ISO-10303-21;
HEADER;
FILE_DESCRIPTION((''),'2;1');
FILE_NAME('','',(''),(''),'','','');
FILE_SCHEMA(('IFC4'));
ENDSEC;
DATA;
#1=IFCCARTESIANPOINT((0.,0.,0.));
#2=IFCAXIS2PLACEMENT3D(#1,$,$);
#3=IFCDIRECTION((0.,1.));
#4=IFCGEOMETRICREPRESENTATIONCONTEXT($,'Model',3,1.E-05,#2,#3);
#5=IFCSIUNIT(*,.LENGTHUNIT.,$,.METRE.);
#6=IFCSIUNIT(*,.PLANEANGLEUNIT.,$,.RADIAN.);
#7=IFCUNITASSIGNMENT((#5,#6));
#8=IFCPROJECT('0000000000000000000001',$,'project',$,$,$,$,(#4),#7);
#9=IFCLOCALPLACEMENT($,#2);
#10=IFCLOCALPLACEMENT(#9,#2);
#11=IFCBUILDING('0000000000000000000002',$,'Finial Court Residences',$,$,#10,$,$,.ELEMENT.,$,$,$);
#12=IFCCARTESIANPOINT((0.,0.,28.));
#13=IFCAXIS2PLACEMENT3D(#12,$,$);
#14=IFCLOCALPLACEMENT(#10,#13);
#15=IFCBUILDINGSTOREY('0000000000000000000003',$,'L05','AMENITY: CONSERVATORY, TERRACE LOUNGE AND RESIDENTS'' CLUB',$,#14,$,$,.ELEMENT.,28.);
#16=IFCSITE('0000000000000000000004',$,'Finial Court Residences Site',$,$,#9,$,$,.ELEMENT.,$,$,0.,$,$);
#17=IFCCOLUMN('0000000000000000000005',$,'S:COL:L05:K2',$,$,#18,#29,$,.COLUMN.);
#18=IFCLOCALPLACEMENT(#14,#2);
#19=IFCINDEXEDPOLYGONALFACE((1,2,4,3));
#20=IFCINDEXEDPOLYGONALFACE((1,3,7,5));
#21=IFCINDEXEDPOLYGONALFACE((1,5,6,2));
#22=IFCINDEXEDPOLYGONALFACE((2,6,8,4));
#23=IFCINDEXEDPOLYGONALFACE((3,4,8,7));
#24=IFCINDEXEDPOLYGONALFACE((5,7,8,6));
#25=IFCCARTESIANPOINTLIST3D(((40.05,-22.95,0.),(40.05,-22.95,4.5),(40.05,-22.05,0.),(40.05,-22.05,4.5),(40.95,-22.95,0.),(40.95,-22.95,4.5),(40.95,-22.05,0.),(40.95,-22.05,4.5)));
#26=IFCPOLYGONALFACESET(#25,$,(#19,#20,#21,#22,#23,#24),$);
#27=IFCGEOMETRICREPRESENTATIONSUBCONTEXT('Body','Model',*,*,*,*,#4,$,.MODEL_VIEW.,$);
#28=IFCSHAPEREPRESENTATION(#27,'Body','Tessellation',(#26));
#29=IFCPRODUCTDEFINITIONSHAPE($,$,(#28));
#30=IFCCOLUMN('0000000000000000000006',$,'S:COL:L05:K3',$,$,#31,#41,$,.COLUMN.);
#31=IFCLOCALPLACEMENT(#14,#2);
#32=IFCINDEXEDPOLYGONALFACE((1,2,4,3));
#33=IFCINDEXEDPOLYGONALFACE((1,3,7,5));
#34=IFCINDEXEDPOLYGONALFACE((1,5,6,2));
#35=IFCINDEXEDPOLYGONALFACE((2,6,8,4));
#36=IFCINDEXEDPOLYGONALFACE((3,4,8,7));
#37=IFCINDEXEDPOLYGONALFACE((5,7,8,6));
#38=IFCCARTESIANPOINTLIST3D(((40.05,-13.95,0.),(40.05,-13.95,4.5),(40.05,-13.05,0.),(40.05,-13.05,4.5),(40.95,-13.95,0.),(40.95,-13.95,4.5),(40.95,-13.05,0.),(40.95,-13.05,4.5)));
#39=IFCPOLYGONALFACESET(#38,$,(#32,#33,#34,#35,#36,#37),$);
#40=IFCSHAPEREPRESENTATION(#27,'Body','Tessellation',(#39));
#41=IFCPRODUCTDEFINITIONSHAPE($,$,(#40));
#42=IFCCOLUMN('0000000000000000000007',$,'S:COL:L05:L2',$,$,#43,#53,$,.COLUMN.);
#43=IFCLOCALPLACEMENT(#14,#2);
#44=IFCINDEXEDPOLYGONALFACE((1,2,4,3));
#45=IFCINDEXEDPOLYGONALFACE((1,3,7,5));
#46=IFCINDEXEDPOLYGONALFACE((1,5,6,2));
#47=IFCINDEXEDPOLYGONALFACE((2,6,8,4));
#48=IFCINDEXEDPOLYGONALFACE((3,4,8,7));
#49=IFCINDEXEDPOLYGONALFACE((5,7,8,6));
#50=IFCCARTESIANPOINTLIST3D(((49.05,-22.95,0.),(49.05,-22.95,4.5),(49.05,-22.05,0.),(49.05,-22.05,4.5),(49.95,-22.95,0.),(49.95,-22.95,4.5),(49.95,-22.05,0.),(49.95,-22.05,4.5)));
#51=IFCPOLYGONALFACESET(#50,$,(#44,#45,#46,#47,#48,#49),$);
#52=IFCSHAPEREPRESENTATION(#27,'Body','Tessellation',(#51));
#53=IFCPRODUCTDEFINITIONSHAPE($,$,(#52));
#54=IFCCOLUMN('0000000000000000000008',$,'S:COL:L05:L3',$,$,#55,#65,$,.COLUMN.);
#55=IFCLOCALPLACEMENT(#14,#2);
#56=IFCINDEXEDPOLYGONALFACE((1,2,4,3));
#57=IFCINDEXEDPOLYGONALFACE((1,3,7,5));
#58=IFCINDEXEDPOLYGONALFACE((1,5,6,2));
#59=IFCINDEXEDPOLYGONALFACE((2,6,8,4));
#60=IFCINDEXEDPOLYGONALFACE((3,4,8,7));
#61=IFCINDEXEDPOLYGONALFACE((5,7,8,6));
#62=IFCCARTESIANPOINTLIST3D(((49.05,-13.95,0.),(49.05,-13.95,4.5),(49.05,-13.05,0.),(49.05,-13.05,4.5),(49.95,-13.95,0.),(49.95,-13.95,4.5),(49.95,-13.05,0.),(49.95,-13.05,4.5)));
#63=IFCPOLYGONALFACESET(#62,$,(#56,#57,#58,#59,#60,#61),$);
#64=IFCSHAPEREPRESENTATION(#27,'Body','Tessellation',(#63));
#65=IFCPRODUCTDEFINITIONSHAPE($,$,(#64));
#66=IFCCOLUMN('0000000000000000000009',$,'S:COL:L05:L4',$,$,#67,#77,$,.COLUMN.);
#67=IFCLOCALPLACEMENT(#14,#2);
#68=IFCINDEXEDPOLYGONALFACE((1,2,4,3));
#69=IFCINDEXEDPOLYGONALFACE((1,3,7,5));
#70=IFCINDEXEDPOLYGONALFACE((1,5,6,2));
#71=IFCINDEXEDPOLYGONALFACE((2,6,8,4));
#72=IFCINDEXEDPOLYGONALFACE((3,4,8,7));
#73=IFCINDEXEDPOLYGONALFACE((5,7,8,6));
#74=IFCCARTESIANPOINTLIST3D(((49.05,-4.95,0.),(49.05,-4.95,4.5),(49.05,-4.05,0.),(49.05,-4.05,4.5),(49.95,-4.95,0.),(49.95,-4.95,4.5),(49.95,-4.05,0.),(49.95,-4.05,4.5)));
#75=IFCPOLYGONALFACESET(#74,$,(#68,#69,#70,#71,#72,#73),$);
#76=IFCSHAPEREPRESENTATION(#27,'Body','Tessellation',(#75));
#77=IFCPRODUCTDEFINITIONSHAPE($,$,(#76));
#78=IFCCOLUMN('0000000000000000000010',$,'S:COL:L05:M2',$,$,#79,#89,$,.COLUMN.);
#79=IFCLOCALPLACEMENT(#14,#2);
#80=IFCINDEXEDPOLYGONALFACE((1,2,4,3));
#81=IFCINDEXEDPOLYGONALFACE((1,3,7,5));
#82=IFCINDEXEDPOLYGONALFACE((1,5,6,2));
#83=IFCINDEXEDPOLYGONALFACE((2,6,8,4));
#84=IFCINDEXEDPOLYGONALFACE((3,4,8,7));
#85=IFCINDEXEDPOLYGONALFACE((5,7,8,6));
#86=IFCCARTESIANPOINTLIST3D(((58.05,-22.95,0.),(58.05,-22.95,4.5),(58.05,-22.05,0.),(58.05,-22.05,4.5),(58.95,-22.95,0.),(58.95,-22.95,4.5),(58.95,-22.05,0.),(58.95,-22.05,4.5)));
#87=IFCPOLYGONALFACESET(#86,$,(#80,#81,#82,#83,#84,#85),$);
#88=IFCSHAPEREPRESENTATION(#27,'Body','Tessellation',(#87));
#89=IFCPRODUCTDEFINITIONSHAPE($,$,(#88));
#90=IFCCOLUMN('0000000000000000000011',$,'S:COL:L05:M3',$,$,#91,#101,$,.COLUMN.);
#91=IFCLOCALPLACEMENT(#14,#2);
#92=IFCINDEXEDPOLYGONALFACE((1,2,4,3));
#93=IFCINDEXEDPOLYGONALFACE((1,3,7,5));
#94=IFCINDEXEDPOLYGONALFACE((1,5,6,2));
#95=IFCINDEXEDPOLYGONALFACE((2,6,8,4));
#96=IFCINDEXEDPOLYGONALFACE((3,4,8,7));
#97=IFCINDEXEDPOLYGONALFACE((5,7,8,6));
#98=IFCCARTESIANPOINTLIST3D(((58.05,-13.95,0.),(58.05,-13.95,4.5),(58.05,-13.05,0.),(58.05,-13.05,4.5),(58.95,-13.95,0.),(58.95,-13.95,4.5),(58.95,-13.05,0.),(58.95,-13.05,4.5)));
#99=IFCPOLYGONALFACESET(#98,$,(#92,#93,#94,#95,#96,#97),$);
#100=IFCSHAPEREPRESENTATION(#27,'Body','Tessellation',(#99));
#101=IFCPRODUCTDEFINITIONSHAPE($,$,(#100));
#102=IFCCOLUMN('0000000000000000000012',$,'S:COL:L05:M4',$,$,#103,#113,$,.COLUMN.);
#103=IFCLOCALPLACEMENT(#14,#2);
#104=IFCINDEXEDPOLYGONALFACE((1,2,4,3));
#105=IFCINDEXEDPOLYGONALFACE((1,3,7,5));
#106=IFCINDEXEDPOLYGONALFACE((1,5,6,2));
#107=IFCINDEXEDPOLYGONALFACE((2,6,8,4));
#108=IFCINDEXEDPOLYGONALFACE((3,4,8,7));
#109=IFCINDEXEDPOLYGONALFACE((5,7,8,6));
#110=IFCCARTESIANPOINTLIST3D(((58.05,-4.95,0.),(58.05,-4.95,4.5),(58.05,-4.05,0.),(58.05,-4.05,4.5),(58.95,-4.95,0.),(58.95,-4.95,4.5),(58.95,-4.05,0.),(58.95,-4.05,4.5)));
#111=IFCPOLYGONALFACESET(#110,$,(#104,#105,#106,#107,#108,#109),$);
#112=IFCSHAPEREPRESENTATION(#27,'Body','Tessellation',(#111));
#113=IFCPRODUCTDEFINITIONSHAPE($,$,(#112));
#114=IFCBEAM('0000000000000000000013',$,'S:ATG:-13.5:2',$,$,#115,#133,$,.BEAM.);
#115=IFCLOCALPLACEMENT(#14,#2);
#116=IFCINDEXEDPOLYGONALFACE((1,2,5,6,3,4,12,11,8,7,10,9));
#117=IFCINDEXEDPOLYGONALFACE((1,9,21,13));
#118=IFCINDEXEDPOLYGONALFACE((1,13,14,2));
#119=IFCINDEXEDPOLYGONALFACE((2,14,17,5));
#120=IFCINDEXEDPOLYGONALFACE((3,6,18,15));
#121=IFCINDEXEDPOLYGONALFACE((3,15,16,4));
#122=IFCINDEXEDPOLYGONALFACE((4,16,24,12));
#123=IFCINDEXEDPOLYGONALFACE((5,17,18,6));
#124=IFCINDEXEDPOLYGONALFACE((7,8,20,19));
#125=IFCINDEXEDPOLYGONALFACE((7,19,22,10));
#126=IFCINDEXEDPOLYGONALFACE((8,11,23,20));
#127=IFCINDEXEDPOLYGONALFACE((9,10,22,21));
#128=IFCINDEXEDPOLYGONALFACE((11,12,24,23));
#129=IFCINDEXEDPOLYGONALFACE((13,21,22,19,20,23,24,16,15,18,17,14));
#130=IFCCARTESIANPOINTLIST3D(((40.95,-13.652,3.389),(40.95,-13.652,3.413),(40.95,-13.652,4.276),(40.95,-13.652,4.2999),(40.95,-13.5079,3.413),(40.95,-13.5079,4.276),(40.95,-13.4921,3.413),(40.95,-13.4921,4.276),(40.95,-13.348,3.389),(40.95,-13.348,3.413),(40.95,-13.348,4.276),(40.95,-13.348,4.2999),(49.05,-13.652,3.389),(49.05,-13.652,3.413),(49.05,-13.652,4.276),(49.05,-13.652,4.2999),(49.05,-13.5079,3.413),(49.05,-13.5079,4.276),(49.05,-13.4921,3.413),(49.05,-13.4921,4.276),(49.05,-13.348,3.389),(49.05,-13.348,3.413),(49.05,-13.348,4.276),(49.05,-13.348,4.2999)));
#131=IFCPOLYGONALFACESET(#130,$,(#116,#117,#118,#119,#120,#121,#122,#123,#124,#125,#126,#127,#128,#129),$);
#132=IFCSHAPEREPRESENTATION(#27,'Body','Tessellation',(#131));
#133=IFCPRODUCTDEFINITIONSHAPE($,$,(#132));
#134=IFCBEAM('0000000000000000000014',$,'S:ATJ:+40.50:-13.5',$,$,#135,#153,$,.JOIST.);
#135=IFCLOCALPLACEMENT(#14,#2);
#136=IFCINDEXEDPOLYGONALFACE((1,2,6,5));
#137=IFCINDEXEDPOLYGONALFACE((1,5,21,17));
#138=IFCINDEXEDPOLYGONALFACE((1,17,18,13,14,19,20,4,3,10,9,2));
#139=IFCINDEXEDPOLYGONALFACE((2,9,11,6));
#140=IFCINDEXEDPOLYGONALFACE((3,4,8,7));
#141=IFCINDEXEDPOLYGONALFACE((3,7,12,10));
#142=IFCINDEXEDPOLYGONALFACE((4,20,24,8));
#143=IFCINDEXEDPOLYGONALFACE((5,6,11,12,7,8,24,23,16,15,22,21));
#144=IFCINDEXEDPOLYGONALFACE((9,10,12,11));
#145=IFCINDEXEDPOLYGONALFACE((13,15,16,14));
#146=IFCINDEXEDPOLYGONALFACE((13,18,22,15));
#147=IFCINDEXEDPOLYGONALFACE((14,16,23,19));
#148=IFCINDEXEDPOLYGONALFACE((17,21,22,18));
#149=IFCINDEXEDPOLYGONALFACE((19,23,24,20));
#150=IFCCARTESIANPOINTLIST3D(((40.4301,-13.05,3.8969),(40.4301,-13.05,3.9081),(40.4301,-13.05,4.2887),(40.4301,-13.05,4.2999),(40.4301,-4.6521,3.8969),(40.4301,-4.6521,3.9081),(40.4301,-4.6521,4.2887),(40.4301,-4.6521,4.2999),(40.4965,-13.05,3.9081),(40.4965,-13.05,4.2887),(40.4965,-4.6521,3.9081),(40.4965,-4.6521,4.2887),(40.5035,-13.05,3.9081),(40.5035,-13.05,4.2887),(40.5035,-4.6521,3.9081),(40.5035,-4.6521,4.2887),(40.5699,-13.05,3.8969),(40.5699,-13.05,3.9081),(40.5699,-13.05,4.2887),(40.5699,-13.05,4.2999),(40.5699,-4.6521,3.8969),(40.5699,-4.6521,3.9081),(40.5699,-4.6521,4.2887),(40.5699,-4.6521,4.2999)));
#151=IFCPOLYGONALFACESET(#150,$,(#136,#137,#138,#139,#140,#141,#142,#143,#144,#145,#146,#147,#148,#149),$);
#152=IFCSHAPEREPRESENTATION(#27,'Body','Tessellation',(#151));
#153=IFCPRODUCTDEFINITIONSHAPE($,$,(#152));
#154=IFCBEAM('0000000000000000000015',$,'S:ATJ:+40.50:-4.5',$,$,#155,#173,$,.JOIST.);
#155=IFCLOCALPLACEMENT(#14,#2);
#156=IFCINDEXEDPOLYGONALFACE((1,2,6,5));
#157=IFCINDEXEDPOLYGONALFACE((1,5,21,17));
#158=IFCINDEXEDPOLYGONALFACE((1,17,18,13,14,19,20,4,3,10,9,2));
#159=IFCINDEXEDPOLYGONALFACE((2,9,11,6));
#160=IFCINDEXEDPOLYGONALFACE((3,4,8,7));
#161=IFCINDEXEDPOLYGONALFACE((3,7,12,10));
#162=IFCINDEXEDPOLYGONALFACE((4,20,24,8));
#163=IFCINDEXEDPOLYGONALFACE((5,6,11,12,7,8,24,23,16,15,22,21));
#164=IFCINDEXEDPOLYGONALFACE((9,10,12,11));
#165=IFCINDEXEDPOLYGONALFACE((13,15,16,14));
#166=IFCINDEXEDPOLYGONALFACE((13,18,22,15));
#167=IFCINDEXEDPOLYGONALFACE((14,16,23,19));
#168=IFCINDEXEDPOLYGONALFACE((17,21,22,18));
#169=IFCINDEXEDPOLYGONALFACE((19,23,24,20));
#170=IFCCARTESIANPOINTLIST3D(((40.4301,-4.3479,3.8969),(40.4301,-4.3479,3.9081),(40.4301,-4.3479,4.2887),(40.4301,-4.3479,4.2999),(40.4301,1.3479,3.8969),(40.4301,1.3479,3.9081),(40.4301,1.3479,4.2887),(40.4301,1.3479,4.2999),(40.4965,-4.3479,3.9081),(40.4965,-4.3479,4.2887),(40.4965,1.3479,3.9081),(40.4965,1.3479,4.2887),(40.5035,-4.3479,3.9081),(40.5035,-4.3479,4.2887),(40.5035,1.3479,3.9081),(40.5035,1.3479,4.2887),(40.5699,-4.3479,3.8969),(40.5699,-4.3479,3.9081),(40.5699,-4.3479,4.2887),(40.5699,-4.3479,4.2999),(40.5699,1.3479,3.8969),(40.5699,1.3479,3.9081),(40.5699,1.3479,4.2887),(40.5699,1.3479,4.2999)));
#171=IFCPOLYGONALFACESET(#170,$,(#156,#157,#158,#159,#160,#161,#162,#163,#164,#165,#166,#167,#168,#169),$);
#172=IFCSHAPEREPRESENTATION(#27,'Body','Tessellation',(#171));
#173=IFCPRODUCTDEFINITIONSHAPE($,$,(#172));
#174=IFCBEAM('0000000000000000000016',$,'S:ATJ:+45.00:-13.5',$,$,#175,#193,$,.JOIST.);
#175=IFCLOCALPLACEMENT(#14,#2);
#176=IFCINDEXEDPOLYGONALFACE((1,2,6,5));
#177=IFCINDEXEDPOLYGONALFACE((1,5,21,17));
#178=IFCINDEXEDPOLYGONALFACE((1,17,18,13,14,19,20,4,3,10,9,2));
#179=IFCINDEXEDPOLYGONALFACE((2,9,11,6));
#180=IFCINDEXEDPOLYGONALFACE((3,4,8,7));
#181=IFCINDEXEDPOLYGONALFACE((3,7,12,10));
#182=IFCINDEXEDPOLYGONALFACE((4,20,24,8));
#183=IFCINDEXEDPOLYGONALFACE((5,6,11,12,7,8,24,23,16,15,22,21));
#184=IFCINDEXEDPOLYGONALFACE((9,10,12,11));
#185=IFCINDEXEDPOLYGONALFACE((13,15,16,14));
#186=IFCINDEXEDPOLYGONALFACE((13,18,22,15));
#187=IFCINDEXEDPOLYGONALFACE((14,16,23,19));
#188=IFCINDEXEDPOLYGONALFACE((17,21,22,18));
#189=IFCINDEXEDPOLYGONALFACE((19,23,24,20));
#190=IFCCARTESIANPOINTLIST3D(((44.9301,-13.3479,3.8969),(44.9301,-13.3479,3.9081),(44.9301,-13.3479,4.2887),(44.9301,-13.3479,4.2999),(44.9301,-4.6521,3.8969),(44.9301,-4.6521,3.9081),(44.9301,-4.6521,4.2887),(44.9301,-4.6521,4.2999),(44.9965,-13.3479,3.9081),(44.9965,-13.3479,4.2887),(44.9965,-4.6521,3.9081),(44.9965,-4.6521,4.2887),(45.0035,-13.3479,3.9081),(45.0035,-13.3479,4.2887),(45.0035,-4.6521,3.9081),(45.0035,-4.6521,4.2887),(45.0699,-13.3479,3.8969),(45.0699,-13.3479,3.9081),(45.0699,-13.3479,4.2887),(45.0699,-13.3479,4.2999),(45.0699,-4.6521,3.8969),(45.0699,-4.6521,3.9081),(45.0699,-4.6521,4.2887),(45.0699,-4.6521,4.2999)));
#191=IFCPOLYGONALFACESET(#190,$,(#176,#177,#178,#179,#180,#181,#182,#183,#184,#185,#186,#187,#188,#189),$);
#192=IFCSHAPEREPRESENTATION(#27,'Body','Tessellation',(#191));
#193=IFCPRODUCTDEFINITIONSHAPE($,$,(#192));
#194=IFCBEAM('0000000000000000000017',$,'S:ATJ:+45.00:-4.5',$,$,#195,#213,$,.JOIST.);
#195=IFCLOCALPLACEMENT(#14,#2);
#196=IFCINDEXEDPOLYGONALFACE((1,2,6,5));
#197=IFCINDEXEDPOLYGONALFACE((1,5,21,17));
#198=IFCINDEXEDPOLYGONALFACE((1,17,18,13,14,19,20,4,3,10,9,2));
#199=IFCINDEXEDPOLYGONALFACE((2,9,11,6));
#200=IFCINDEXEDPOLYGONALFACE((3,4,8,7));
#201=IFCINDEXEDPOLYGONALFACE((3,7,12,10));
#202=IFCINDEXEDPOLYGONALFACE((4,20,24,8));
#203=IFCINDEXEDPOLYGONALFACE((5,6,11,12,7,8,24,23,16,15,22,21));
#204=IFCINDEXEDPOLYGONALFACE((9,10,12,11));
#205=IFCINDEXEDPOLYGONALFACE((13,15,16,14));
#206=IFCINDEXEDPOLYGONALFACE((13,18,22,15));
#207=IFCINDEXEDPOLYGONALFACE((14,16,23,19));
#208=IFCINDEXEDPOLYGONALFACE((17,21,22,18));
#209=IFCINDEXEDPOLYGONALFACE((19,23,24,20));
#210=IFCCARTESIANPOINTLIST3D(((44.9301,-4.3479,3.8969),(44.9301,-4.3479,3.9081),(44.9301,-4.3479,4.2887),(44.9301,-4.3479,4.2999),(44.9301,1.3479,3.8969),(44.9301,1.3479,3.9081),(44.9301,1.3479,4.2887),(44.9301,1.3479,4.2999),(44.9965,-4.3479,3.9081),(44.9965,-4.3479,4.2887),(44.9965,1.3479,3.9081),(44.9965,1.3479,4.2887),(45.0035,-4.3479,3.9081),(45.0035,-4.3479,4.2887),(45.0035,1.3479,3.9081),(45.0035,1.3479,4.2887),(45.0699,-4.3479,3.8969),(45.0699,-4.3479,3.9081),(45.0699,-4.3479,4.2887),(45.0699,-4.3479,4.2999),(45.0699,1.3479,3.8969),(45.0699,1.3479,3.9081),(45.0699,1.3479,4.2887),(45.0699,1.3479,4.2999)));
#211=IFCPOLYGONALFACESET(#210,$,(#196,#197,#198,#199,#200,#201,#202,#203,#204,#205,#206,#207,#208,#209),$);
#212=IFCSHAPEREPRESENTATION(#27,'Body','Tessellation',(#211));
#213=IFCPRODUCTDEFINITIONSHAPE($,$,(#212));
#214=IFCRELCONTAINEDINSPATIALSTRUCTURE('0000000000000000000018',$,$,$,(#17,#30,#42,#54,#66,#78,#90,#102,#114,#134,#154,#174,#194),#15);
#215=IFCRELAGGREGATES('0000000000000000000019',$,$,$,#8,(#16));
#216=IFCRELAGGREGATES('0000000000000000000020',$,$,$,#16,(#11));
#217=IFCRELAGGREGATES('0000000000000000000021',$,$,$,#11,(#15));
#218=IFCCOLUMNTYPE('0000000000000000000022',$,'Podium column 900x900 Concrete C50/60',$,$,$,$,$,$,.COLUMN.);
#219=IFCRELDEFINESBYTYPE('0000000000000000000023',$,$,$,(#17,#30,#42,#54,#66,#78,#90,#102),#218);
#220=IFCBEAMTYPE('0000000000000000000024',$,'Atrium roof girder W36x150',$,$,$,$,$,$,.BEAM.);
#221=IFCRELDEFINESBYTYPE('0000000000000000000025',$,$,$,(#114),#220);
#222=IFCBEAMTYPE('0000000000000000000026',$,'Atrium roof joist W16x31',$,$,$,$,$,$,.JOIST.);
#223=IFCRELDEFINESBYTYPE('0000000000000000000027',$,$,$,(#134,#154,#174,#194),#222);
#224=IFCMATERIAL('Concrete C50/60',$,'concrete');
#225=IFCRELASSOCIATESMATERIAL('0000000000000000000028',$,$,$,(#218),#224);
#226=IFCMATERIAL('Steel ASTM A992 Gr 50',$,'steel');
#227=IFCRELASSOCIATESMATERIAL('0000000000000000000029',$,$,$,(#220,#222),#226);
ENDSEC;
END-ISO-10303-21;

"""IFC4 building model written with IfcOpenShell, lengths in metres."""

from ifc_helpers import new_model, si_unit, direction, frame, origin, origin_2d, place, context, subcontext, project, spatial, rectangle, i_section, extrude, material, material_profile, profile_set, type_object, element, save


model = new_model("IFC4")

# Units and contexts
model_context = context("Model", 3, precision=1e-05, world=origin(), true_north=direction((0.0, 1.0)))
body_context = subcontext(model_context, "Body", "Model", "MODEL_VIEW")
ifc_project = project(units=[si_unit("LENGTHUNIT", "METRE"), si_unit("PLANEANGLEUNIT", "RADIAN")], contexts=[model_context])

# Site, building, storey
site_placement = place(None, origin())
site = spatial("IfcSite", under=ifc_project, at=site_placement, Name="Finial Court Residences Site", CompositionType="ELEMENT", RefElevation=0.0)
building_placement = place(site_placement, origin())
building = spatial("IfcBuilding", under=site, at=building_placement, Name="Finial Court Residences", CompositionType="ELEMENT")
storey_placement = place(building_placement, frame((0.0, 0.0, 28.0)))
storey = spatial("IfcBuildingStorey", under=building, at=storey_placement, Name="L05", Description="AMENITY: CONSERVATORY, TERRACE LOUNGE AND RESIDENTS' CLUB", CompositionType="ELEMENT", Elevation=28.0)

# Columns
ifc_material_1 = material(Name="Concrete C50/60", Category="concrete")
ifc_material_profile_1 = material_profile(ifc_material_1, rectangle(XDim=0.8999, YDim=0.8999, at=origin_2d()), Name="900x900")
ifc_profile_set_1 = profile_set([ifc_material_profile_1], Name="Concrete C50/60")
column_type = type_object("IfcColumnType", Name="Podium column 900x900 Concrete C50/60", PredefinedType="COLUMN", material=ifc_profile_set_1)
for number, where, z_axis, x_axis, name in (
    (1, (40.5, -22.5, 0.0), (0.0, 0.0, 1.0), (1.0, 0.0, 0.0), "S:COL:L05:K2"),
    (2, (40.5, -13.5, 0.0), (0.0, 0.0, 1.0), (1.0, 0.0, 0.0), "S:COL:L05:K3"),
    (3, (49.5, -22.5, 0.0), (0.0, 0.0, 1.0), (1.0, 0.0, 0.0), "S:COL:L05:L2"),
    (4, (49.5, -13.5, 0.0), (0.0, 0.0, 1.0), (1.0, 0.0, 0.0), "S:COL:L05:L3"),
    (5, (49.5, -4.5, 0.0), (0.0, 0.0, 1.0), (1.0, 0.0, 0.0), "S:COL:L05:L4"),
    (6, (58.5, -22.5, 0.0), (0.0, 0.0, 1.0), (1.0, 0.0, 0.0), "S:COL:L05:M2"),
    (7, (58.5, -13.5, 0.0), (0.0, 0.0, 1.0), (1.0, 0.0, 0.0), "S:COL:L05:M3"),
    (8, (58.5, -4.5, 0.0), (0.0, 0.0, 1.0), (1.0, 0.0, 0.0), "S:COL:L05:M4"),
):
    element("IfcColumn", number, at=place(storey_placement, frame(where, z_axis=z_axis, x_axis=x_axis)), inside=storey, type_object=column_type, Name=name, PredefinedType="COLUMN", context=body_context, shape_type="SweptSolid", body=[
        extrude(rectangle(XDim=0.8999, YDim=0.8999, at=origin_2d()), origin(), (0.0, 0.0, 1.0), 4.5),
    ])

# Beams
ifc_material_2 = material(Name="Steel ASTM A992 Gr 50", Category="steel")
ifc_material_profile_2 = material_profile(ifc_material_2, i_section(OverallWidth=0.304, OverallDepth=0.9109, WebThickness=0.0159, FlangeThickness=0.0239, at=origin_2d()), Name="W36x150")
ifc_profile_set_2 = profile_set([ifc_material_profile_2], Name="Steel ASTM A992 Gr 50")
beam_type_1 = type_object("IfcBeamType", Name="Atrium roof girder W36x150", PredefinedType="BEAM", material=ifc_profile_set_2)
beam_1_placement = place(storey_placement, frame((40.95, -13.5, 3.8445), z_axis=(1.0, 0.0, 0.0), x_axis=(0.0, 1.0, 0.0)))
element("IfcBeam", 9, at=beam_1_placement, inside=storey, type_object=beam_type_1, Name="S:ATG:-13.5:2", PredefinedType="BEAM", context=body_context, shape_type="SweptSolid", body=[
    extrude(i_section(OverallWidth=0.304, OverallDepth=0.9109, WebThickness=0.0159, FlangeThickness=0.0239, at=origin_2d()), origin(), (0.0, 0.0, 1.0), 8.1001),
])
ifc_material_profile_3 = material_profile(ifc_material_2, i_section(OverallWidth=0.1399, OverallDepth=0.4031, WebThickness=0.0071, FlangeThickness=0.0112, at=origin_2d()), Name="W16x31")
ifc_profile_set_3 = profile_set([ifc_material_profile_3], Name="Steel ASTM A992 Gr 50")
beam_type_2 = type_object("IfcBeamType", Name="Atrium roof joist W16x31", PredefinedType="JOIST", material=ifc_profile_set_3)
beam_2_placement = place(storey_placement, frame((40.5, -13.05, 4.0984), z_axis=(0.0, 1.0, 0.0), x_axis=(-1.0, 0.0, 0.0)))
element("IfcBeam", 10, at=beam_2_placement, inside=storey, type_object=beam_type_2, Name="S:ATJ:+40.50:-13.5", PredefinedType="JOIST", context=body_context, shape_type="SweptSolid", body=[
    extrude(i_section(OverallWidth=0.1399, OverallDepth=0.4031, WebThickness=0.0071, FlangeThickness=0.0112, at=origin_2d()), origin(), (0.0, 0.0, 1.0), 8.3979),
])
beam_3_placement = place(storey_placement, frame((40.5, -4.3479, 4.0984), z_axis=(0.0, 1.0, 0.0), x_axis=(-1.0, 0.0, 0.0)))
element("IfcBeam", 11, at=beam_3_placement, inside=storey, type_object=beam_type_2, Name="S:ATJ:+40.50:-4.5", PredefinedType="JOIST", context=body_context, shape_type="SweptSolid", body=[
    extrude(i_section(OverallWidth=0.1399, OverallDepth=0.4031, WebThickness=0.0071, FlangeThickness=0.0112, at=origin_2d()), origin(), (0.0, 0.0, 1.0), 5.6958),
])
beam_4_placement = place(storey_placement, frame((45.0, -13.3479, 4.0984), z_axis=(0.0, 1.0, 0.0), x_axis=(-1.0, 0.0, 0.0)))
element("IfcBeam", 12, at=beam_4_placement, inside=storey, type_object=beam_type_2, Name="S:ATJ:+45.00:-13.5", PredefinedType="JOIST", context=body_context, shape_type="SweptSolid", body=[
    extrude(i_section(OverallWidth=0.1399, OverallDepth=0.4031, WebThickness=0.0071, FlangeThickness=0.0112, at=origin_2d()), origin(), (0.0, 0.0, 1.0), 8.6958),
])
beam_5_placement = place(storey_placement, frame((45.0, -4.3479, 4.0984), z_axis=(0.0, 1.0, 0.0), x_axis=(-1.0, 0.0, 0.0)))
element("IfcBeam", 13, at=beam_5_placement, inside=storey, type_object=beam_type_2, Name="S:ATJ:+45.00:-4.5", PredefinedType="JOIST", context=body_context, shape_type="SweptSolid", body=[
    extrude(i_section(OverallWidth=0.1399, OverallDepth=0.4031, WebThickness=0.0071, FlangeThickness=0.0112, at=origin_2d()), origin(), (0.0, 0.0, 1.0), 5.6958),
])

save(model, "model.ifc")
